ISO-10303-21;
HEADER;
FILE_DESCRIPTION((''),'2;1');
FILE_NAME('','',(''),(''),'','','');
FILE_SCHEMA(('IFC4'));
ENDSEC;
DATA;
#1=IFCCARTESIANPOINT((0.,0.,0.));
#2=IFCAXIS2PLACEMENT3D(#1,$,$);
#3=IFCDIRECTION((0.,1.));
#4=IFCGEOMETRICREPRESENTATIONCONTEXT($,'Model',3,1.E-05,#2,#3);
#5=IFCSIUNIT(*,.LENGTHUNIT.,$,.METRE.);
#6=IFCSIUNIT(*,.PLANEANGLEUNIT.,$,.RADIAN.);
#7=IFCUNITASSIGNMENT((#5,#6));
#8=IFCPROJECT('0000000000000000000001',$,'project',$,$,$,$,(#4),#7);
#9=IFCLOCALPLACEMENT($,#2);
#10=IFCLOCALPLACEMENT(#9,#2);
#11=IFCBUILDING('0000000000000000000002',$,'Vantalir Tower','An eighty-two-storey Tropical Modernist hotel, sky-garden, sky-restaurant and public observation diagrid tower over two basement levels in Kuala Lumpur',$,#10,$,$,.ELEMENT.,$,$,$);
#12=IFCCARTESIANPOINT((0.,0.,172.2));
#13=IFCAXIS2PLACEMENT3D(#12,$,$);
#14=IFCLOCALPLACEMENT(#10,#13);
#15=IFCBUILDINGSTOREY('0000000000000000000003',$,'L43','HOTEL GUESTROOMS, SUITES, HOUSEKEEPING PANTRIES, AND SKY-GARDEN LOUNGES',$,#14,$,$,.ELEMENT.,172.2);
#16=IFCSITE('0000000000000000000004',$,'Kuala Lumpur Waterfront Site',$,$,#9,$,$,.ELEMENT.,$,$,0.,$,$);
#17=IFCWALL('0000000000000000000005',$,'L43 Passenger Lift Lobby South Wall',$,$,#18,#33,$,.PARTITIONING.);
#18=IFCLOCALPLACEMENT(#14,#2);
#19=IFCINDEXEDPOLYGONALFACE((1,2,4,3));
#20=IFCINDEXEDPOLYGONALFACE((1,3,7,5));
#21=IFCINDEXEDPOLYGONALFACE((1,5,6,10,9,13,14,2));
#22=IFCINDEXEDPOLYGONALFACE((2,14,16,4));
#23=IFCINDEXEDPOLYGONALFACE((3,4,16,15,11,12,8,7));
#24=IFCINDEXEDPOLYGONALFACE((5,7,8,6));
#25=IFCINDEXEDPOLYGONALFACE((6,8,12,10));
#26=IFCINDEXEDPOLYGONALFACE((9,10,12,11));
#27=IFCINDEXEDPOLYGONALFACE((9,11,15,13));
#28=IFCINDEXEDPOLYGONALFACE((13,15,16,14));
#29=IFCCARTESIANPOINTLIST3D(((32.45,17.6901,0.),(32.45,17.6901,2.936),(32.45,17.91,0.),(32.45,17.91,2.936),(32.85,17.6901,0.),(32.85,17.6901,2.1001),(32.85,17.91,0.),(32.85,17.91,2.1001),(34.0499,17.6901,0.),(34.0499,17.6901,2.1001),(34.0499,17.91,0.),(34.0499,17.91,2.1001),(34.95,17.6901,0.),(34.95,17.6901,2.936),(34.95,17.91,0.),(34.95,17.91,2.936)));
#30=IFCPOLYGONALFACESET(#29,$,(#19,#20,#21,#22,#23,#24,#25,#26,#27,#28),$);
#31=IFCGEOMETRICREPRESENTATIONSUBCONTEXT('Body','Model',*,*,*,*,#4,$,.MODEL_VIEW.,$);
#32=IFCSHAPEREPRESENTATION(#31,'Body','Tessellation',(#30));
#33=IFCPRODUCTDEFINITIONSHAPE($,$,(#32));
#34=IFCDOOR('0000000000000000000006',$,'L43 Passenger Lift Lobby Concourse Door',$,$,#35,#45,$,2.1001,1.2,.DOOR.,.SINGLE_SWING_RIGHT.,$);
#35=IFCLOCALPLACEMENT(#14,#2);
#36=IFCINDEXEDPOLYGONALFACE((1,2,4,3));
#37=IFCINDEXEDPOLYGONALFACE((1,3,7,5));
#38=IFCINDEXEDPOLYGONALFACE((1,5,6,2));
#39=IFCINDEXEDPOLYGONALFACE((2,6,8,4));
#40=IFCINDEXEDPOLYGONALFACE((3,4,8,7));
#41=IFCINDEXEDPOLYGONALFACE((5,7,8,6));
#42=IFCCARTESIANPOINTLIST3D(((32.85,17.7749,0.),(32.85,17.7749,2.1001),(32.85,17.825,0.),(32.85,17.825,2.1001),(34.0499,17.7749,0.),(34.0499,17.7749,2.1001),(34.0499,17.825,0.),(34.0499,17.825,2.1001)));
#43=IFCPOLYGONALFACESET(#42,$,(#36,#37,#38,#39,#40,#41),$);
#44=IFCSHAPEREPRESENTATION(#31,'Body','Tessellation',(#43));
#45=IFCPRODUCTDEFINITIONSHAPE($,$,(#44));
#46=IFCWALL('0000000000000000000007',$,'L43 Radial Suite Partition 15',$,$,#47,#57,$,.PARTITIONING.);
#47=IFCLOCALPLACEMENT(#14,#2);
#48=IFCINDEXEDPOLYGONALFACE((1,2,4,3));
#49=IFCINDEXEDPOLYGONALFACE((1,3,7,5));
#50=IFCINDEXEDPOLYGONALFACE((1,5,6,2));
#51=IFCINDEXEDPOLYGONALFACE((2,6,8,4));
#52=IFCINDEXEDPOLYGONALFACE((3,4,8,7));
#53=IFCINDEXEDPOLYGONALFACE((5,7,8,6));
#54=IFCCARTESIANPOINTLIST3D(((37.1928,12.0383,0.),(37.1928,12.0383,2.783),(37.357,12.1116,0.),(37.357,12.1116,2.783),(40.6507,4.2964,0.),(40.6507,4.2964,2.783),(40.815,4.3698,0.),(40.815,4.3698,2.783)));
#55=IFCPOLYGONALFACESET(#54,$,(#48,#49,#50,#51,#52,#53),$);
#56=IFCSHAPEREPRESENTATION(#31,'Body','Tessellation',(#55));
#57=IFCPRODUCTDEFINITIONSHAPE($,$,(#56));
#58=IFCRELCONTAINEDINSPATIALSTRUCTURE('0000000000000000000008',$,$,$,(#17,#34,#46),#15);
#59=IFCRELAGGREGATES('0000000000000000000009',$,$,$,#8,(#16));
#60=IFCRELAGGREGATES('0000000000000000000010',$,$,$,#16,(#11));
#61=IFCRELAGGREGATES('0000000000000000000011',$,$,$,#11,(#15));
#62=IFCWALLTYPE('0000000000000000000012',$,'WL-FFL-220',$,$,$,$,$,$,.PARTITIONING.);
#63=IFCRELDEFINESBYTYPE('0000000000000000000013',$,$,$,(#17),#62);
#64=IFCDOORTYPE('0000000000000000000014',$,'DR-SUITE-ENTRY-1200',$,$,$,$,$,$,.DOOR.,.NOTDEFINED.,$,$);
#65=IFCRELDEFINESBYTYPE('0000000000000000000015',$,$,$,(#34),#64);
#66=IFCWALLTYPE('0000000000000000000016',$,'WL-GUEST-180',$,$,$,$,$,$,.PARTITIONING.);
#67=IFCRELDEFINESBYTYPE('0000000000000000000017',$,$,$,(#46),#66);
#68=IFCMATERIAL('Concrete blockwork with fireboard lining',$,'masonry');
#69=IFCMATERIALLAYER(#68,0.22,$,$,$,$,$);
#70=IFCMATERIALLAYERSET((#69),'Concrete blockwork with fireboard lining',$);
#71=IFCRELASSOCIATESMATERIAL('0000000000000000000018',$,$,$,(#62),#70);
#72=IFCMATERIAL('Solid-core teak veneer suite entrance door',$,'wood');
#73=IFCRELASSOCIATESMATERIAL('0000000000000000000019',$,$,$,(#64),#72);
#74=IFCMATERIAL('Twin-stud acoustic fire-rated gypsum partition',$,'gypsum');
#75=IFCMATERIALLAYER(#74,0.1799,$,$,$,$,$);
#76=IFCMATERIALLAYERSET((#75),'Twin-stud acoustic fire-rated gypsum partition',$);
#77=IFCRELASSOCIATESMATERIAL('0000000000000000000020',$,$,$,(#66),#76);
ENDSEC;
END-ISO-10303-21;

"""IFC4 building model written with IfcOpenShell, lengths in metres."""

from ifc_helpers import new_model, si_unit, direction, frame, frame_2d, origin, place, context, subcontext, project, spatial, rectangle, extrude, material, layer, layer_set, type_object, element, fill, save


model = new_model("IFC4")

# Units and contexts
model_context = context("Model", 3, precision=1e-05, world=origin(), true_north=direction((0.0, 1.0)))
body_context = subcontext(model_context, "Body", "Model", "MODEL_VIEW")
ifc_project = project(units=[si_unit("LENGTHUNIT", "METRE"), si_unit("PLANEANGLEUNIT", "RADIAN")], contexts=[model_context])

# Site, building, storey
site_placement = place(None, origin())
site = spatial("IfcSite", under=ifc_project, at=site_placement, Name="Kuala Lumpur Waterfront Site", CompositionType="ELEMENT", RefElevation=0.0)
building_placement = place(site_placement, origin())
building = spatial("IfcBuilding", under=site, at=building_placement, Name="Vantalir Tower", Description="An eighty-two-storey Tropical Modernist hotel, sky-garden, sky-restaurant and public observation diagrid tower over two basement levels in Kuala Lumpur", CompositionType="ELEMENT")
storey_placement = place(building_placement, frame((0.0, 0.0, 172.2)))
storey = spatial("IfcBuildingStorey", under=building, at=storey_placement, Name="L43", Description="HOTEL GUESTROOMS, SUITES, HOUSEKEEPING PANTRIES, AND SKY-GARDEN LOUNGES", CompositionType="ELEMENT", Elevation=172.2)

# Wall, opening, door
ifc_material_1 = material(Name="Concrete blockwork with fireboard lining", Category="masonry")
ifc_layer_1 = layer(ifc_material_1, 0.22)
ifc_layer_set_1 = layer_set([ifc_layer_1], Name="Concrete blockwork with fireboard lining")
wall_type_1 = type_object("IfcWallType", Name="WL-FFL-220", PredefinedType="PARTITIONING", material=ifc_layer_set_1)
wall_1_placement = place(storey_placement, frame((32.45, 17.8, 0.0), z_axis=(0.0, 0.0, 1.0), x_axis=(1.0, 0.0, 0.0)))
wall_1 = element("IfcWall", 1, at=wall_1_placement, inside=storey, type_object=wall_type_1, Name="L43 Passenger Lift Lobby South Wall", PredefinedType="PARTITIONING", context=body_context, shape_type="SweptSolid", body=[
    extrude(rectangle(XDim=2.5, YDim=0.22, at=frame_2d((1.25, 0.0))), origin(), (0.0, 0.0, 1.0), 2.936),
])
opening_1_placement = place(wall_1_placement, frame((0.3999, 0.0, 0.0)))
opening_1 = element("IfcOpeningElement", 2, at=opening_1_placement, cuts=wall_1, PredefinedType="OPENING", context=body_context, shape_type="SweptSolid", body=[
    extrude(rectangle(XDim=1.2, YDim=2.1001, at=frame_2d((0.6001, 1.05))), frame((0.0, 0.1199, 0.0), z_axis=(0.0, -1.0, 0.0), x_axis=(1.0, 0.0, 0.0)), (0.0, 0.0, 1.0), 0.24),
])
ifc_material_2 = material(Name="Solid-core teak veneer suite entrance door", Category="wood")
door_type_1 = type_object("IfcDoorType", Name="DR-SUITE-ENTRY-1200", OperationType="NOTDEFINED", PredefinedType="DOOR", material=ifc_material_2)
door_1_placement = place(opening_1_placement, origin())
door_1 = element("IfcDoor", 3, at=door_1_placement, inside=storey, type_object=door_type_1, Name="L43 Passenger Lift Lobby Concourse Door", OperationType="SINGLE_SWING_RIGHT", OverallHeight=2.1001, OverallWidth=1.2, PredefinedType="DOOR", context=body_context, shape_type="SweptSolid", body=[
    extrude(rectangle(XDim=1.2, YDim=2.1001, at=frame_2d((0.6001, 1.05))), frame((0.0, 0.0249, 0.0), z_axis=(0.0, -1.0, 0.0), x_axis=(1.0, 0.0, 0.0)), (0.0, 0.0, 1.0), 0.05),
])
fill(opening_1, door_1)

# Wall
ifc_material_3 = material(Name="Twin-stud acoustic fire-rated gypsum partition", Category="gypsum")
ifc_layer_2 = layer(ifc_material_3, 0.1799)
ifc_layer_set_2 = layer_set([ifc_layer_2], Name="Twin-stud acoustic fire-rated gypsum partition")
wall_type_2 = type_object("IfcWallType", Name="WL-GUEST-180", PredefinedType="PARTITIONING", material=ifc_layer_set_2)
wall_2_placement = place(storey_placement, frame((37.2749, 12.075, 0.0), z_axis=(0.0, 0.0, 1.0), x_axis=(0.407826, -0.91306, 0.0)))
element("IfcWall", 4, at=wall_2_placement, inside=storey, type_object=wall_type_2, Name="L43 Radial Suite Partition 15", PredefinedType="PARTITIONING", context=body_context, shape_type="SweptSolid", body=[
    extrude(rectangle(XDim=8.479, YDim=0.1799, at=frame_2d((4.2395, 0.0))), origin(), (0.0, 0.0, 1.0), 2.783),
])

save(model, "model.ifc")
